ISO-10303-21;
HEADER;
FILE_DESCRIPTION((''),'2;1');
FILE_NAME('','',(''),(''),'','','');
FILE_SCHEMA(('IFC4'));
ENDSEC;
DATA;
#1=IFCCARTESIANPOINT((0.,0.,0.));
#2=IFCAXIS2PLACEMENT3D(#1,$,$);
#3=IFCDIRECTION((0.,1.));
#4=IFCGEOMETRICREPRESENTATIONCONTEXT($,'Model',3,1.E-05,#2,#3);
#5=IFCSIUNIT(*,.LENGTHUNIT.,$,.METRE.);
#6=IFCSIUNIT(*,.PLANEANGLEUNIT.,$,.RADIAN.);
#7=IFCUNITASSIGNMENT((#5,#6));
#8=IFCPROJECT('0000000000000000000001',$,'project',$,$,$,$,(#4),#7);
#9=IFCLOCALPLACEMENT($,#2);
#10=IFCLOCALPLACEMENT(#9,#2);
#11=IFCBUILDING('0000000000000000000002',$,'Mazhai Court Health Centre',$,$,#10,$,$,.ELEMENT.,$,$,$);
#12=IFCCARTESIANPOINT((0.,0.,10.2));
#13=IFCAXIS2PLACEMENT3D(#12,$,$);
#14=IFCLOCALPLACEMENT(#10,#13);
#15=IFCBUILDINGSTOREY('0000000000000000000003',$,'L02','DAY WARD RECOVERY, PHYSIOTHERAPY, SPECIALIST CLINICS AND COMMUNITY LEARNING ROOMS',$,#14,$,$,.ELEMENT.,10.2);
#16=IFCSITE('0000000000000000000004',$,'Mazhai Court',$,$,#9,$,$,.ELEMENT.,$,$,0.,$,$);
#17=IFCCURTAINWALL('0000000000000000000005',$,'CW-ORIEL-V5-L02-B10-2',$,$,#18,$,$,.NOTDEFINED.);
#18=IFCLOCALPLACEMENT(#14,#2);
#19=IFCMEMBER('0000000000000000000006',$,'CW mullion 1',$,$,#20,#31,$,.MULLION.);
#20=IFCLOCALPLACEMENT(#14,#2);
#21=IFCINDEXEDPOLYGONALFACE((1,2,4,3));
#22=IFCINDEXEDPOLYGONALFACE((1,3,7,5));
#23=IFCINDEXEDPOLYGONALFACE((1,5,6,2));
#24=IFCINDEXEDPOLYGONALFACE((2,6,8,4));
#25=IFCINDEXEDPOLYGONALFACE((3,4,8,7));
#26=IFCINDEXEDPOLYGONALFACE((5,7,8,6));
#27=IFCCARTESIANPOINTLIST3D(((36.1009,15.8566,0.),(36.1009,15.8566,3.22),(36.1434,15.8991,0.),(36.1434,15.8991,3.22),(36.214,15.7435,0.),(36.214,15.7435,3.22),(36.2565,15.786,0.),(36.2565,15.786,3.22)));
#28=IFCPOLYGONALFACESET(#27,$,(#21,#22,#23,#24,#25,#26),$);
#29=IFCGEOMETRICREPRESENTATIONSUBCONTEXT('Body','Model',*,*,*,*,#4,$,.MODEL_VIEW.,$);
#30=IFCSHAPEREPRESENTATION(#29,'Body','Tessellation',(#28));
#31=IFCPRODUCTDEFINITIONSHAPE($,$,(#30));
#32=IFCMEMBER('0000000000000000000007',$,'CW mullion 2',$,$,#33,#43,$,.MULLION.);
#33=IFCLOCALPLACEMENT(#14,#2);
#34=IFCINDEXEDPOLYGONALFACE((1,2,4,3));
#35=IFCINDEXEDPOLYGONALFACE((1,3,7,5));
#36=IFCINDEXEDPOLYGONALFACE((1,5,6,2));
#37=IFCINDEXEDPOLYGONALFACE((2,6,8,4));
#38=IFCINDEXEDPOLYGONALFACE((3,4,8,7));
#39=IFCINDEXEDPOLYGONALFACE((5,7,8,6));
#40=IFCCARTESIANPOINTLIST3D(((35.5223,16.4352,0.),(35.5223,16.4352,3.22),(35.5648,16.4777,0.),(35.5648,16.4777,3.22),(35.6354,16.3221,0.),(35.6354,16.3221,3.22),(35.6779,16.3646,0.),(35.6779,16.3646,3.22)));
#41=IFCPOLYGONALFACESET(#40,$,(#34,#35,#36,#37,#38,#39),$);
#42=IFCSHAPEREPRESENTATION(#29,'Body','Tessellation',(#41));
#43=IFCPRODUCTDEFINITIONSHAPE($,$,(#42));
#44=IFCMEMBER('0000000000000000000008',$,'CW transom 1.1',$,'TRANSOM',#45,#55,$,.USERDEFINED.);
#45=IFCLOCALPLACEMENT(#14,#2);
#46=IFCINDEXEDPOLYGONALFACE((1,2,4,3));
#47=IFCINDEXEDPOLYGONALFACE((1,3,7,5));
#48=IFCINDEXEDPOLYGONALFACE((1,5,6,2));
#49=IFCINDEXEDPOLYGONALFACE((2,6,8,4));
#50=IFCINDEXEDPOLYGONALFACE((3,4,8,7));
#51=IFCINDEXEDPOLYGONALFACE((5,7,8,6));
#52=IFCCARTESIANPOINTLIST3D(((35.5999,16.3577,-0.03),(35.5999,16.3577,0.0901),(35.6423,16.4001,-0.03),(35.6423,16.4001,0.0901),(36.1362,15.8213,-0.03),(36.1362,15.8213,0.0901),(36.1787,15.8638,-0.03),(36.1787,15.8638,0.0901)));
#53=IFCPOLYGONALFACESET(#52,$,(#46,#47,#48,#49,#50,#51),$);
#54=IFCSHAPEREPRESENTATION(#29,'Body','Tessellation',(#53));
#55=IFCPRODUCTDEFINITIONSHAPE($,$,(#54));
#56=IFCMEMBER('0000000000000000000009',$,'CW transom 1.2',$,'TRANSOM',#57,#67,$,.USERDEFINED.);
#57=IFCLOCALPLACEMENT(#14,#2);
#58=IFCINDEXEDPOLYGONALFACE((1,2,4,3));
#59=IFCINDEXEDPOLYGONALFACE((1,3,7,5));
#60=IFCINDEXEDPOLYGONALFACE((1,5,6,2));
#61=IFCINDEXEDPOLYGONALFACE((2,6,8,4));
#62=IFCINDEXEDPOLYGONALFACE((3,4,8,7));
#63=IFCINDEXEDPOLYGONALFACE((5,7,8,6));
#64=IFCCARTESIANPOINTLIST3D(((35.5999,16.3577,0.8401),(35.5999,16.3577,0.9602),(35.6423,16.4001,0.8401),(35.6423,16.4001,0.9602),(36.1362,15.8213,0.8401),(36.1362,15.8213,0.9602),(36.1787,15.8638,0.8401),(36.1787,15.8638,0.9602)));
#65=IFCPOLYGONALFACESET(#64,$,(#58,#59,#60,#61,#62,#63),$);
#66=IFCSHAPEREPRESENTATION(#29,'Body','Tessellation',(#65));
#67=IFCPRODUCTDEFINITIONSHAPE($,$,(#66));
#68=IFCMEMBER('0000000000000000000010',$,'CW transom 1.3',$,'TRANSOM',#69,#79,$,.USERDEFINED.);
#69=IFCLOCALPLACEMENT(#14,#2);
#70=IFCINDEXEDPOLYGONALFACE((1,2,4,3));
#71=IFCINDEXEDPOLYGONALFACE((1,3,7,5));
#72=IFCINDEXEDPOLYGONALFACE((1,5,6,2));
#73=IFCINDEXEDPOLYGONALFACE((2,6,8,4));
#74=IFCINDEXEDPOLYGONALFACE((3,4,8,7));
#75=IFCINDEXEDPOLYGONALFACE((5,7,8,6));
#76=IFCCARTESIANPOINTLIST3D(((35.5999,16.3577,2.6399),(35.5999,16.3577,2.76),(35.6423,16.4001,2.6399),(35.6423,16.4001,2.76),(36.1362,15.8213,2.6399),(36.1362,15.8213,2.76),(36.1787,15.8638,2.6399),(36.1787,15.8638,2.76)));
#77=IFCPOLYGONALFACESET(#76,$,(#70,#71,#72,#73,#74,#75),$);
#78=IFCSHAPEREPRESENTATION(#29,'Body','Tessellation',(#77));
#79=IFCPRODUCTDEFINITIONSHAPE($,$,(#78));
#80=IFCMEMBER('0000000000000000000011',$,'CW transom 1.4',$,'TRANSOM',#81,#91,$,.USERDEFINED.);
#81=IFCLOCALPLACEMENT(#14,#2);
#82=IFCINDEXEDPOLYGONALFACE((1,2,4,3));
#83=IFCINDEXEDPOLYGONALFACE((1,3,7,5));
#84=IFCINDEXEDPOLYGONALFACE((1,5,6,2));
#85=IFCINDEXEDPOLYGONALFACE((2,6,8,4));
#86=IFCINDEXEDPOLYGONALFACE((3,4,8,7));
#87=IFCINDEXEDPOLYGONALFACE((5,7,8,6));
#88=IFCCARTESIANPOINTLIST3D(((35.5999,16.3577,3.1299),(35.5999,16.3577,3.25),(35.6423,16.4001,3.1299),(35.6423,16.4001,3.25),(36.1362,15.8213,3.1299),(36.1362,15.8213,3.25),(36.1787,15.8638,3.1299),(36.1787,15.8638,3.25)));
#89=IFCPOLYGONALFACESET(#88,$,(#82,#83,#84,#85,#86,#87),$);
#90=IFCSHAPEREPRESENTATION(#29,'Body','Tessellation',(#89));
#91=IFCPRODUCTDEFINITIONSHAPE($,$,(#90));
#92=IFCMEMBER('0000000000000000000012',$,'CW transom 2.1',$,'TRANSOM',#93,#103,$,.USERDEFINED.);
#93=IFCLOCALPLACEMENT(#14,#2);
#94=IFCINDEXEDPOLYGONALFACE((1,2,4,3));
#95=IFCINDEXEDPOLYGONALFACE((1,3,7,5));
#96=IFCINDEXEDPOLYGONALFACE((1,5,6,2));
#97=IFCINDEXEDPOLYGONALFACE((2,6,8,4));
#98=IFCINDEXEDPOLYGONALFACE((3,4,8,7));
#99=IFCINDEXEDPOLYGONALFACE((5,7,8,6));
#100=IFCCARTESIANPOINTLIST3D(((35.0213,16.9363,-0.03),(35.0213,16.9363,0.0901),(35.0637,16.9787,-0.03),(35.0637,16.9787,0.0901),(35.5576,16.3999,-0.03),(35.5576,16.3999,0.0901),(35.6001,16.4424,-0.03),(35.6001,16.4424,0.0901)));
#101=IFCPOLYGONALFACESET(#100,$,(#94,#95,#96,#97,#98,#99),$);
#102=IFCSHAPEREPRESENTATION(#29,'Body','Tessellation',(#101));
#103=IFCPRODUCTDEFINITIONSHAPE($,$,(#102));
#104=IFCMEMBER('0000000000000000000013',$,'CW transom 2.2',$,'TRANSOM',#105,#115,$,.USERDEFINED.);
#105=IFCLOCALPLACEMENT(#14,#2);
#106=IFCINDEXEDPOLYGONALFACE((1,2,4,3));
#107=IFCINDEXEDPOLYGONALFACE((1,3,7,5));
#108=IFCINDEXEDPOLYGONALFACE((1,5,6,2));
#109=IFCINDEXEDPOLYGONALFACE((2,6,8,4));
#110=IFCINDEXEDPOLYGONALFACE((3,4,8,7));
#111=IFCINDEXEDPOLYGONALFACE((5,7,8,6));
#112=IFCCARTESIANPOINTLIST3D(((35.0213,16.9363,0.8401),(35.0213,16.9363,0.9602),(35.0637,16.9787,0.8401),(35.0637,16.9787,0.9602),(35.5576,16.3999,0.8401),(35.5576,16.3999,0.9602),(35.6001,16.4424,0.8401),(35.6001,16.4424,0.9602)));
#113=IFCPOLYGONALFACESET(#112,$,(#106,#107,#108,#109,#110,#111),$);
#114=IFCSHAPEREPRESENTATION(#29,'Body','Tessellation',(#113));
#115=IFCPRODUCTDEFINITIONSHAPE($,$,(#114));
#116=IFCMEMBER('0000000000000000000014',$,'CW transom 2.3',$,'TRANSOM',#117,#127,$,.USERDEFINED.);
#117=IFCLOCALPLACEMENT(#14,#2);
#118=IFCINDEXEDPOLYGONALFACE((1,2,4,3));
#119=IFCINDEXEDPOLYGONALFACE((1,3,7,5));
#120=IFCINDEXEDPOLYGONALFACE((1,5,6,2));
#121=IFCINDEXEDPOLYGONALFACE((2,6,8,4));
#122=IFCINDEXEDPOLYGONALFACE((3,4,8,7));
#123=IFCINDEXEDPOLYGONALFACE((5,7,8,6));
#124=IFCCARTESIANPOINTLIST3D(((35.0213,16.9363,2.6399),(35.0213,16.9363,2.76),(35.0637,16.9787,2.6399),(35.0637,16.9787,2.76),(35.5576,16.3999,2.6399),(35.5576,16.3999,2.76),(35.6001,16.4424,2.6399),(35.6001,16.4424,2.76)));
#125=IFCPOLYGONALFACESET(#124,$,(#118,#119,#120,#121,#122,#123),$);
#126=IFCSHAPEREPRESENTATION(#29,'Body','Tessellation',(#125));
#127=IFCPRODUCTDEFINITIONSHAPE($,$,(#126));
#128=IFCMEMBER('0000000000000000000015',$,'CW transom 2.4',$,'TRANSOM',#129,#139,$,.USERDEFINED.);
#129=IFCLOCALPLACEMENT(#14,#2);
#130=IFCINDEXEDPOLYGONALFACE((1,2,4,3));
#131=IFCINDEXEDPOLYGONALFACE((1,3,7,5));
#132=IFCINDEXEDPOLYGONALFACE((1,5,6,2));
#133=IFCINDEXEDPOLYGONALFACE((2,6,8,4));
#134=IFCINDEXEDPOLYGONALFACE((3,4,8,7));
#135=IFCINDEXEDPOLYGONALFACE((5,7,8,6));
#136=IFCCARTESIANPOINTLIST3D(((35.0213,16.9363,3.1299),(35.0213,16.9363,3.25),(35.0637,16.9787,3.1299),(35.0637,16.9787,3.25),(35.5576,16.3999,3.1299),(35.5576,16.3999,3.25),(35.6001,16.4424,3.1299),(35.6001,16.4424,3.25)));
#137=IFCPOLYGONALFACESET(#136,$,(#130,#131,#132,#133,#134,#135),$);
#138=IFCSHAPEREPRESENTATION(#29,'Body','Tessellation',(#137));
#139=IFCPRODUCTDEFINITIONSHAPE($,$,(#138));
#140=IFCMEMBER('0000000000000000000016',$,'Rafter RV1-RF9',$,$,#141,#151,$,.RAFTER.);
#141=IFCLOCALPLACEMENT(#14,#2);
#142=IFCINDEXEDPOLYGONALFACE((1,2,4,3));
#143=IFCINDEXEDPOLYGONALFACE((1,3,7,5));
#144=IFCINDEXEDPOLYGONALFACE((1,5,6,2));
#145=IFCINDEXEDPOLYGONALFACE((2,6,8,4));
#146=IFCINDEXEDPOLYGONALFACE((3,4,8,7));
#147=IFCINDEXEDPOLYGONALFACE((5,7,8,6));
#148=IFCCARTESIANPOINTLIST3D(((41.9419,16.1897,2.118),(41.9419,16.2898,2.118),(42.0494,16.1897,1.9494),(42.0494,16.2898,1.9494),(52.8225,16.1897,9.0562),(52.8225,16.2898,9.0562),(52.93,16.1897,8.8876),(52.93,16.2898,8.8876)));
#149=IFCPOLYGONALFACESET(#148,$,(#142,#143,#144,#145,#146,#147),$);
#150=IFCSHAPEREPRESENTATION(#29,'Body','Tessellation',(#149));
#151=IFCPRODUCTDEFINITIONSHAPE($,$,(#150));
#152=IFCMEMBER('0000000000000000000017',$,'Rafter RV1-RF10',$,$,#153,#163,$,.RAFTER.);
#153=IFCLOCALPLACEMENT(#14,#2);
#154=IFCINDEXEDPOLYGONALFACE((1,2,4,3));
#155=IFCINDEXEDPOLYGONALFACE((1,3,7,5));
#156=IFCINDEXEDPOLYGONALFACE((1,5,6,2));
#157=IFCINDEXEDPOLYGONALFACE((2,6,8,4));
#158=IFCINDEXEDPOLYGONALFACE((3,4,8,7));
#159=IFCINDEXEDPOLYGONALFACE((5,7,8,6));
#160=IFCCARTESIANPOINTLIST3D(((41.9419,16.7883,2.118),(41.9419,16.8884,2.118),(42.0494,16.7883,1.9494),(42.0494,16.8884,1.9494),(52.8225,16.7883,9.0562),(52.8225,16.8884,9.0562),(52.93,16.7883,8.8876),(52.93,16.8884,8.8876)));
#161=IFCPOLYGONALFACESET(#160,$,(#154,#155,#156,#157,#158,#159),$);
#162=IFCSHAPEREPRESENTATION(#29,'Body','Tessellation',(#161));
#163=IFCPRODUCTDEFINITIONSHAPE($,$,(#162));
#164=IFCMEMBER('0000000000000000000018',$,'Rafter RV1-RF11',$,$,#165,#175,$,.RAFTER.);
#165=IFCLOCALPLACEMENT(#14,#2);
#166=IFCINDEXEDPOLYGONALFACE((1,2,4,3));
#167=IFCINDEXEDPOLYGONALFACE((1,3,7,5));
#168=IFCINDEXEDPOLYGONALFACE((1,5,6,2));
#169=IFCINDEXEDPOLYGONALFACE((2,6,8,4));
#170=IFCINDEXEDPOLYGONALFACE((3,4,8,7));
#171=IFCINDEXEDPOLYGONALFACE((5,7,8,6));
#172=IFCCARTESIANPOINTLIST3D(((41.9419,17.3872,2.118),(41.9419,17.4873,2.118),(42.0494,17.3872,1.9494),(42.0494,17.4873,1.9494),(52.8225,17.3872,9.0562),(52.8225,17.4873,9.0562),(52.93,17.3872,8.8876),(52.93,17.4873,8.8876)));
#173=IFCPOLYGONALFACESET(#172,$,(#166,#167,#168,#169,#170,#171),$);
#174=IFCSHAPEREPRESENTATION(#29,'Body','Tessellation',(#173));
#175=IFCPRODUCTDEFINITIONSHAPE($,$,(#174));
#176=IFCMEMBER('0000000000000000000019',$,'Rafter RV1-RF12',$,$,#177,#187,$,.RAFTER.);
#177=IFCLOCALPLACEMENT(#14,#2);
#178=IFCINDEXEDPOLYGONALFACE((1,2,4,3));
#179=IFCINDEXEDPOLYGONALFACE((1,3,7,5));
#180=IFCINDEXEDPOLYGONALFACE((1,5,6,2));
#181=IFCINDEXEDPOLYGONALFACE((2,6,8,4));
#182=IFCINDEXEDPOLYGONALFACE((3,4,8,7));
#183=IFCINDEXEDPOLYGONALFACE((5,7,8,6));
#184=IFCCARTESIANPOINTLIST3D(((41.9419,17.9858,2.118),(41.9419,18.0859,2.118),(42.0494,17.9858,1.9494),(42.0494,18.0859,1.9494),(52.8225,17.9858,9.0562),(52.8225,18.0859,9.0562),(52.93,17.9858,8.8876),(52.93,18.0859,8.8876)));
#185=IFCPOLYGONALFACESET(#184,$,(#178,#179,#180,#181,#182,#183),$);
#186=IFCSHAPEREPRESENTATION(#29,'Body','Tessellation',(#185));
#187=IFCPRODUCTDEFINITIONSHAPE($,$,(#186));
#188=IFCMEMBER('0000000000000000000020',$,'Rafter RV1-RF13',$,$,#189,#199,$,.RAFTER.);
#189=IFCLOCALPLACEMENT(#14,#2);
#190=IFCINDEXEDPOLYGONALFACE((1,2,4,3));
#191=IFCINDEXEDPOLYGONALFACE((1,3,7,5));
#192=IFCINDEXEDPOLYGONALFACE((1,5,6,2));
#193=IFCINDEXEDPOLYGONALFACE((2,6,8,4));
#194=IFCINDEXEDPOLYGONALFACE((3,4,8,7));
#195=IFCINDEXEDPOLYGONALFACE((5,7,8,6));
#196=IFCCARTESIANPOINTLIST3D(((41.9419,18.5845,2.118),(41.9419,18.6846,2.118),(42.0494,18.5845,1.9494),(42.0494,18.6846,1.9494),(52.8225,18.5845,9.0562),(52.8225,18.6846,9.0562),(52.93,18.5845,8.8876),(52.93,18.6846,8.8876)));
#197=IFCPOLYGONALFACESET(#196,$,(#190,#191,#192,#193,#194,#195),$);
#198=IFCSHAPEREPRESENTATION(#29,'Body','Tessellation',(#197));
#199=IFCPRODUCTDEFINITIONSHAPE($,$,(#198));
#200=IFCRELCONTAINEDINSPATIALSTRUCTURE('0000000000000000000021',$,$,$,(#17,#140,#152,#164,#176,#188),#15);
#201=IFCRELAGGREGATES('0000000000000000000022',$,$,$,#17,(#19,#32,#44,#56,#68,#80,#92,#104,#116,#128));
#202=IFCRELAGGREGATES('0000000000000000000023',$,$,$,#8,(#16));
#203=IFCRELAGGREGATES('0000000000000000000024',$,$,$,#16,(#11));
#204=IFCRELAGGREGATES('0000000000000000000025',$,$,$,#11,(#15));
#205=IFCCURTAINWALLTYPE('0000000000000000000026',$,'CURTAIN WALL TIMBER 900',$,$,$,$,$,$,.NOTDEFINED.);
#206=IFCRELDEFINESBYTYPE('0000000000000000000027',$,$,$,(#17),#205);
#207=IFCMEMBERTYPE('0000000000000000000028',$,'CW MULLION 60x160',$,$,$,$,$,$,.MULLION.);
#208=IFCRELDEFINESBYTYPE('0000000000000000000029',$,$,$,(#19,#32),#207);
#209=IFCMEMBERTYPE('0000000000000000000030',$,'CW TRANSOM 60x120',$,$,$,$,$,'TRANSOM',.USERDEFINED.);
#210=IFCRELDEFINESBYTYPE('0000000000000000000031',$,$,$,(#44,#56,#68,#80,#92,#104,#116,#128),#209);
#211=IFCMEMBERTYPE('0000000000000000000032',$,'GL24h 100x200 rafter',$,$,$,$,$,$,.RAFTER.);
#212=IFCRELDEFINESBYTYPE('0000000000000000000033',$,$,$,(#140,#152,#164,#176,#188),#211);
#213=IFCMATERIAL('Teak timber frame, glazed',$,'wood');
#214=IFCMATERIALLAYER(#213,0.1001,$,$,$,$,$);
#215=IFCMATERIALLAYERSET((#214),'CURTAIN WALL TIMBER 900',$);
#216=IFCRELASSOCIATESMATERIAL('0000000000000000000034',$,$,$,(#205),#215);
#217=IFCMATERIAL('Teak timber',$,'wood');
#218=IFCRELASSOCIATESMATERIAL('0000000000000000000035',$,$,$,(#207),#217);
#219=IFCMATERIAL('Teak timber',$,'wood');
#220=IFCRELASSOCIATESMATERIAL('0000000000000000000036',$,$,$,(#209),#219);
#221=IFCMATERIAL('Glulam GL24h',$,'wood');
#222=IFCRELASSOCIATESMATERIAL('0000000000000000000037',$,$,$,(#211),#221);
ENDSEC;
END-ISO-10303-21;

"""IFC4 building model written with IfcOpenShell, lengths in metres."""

from ifc_helpers import new_model, si_unit, direction, frame, origin, origin_2d, place, context, subcontext, project, spatial, rectangle, extrude, material, layer, layer_set, material_profile, profile_set, type_object, element, aggregate, save


model = new_model("IFC4")

# Units and contexts
model_context = context("Model", 3, precision=1e-05, world=origin(), true_north=direction((0.0, 1.0)))
body_context = subcontext(model_context, "Body", "Model", "MODEL_VIEW")
ifc_project = project(units=[si_unit("LENGTHUNIT", "METRE"), si_unit("PLANEANGLEUNIT", "RADIAN")], contexts=[model_context])

# Site, building, storey
site_placement = place(None, origin())
site = spatial("IfcSite", under=ifc_project, at=site_placement, Name="Mazhai Court", CompositionType="ELEMENT", RefElevation=0.0)
building_placement = place(site_placement, origin())
building = spatial("IfcBuilding", under=site, at=building_placement, Name="Mazhai Court Health Centre", CompositionType="ELEMENT")
storey_placement = place(building_placement, frame((0.0, 0.0, 10.2)))
storey = spatial("IfcBuildingStorey", under=building, at=storey_placement, Name="L02", Description="DAY WARD RECOVERY, PHYSIOTHERAPY, SPECIALIST CLINICS AND COMMUNITY LEARNING ROOMS", CompositionType="ELEMENT", Elevation=10.2)

# Curtain wall, members
ifc_material_1 = material(Name="Teak timber frame, glazed", Category="wood")
ifc_layer_1 = layer(ifc_material_1, 0.1001)
ifc_layer_set_1 = layer_set([ifc_layer_1], Name="CURTAIN WALL TIMBER 900")
curtain_wall_type = type_object("IfcCurtainWallType", Name="CURTAIN WALL TIMBER 900", PredefinedType="NOTDEFINED", material=ifc_layer_set_1)
curtain_wall_placement = place(storey_placement, origin())
curtain_wall = element("IfcCurtainWall", 1, at=curtain_wall_placement, inside=storey, type_object=curtain_wall_type, Name="CW-ORIEL-V5-L02-B10-2", PredefinedType="NOTDEFINED")
ifc_material_2 = material(Name="Teak timber", Category="wood")
ifc_material_profile_1 = material_profile(ifc_material_2, rectangle(XDim=0.0601, YDim=0.1599, at=origin_2d()), Name="CW MULLION 60x160")
ifc_profile_set_1 = profile_set([ifc_material_profile_1], Name="Teak timber")
member_type_1 = type_object("IfcMemberType", Name="CW MULLION 60x160", PredefinedType="MULLION", material=ifc_profile_set_1)
member_1_placement = place(storey_placement, frame((36.1787, 15.8213, 0.0), z_axis=(0.0, 0.0, 1.0), x_axis=(-0.707107, -0.707107, 0.0)))
member_1 = element("IfcMember", 2, at=member_1_placement, type_object=member_type_1, Name="CW mullion 1", PredefinedType="MULLION", context=body_context, shape_type="SweptSolid", body=[
    extrude(rectangle(XDim=0.0601, YDim=0.1599, at=origin_2d()), origin(), (0.0, 0.0, 1.0), 3.22),
])
member_2_placement = place(storey_placement, frame((35.6001, 16.3999, 0.0), z_axis=(0.0, 0.0, 1.0), x_axis=(-0.707107, -0.707107, 0.0)))
member_2 = element("IfcMember", 3, at=member_2_placement, type_object=member_type_1, Name="CW mullion 2", PredefinedType="MULLION", context=body_context, shape_type="SweptSolid", body=[
    extrude(rectangle(XDim=0.0601, YDim=0.1599, at=origin_2d()), origin(), (0.0, 0.0, 1.0), 3.22),
])
ifc_material_3 = material(Name="Teak timber", Category="wood")
ifc_material_profile_2 = material_profile(ifc_material_3, rectangle(XDim=0.0601, YDim=0.1201, at=origin_2d()), Name="CW TRANSOM 60x120")
ifc_profile_set_2 = profile_set([ifc_material_profile_2], Name="Teak timber")
member_type_2 = type_object("IfcMemberType", Name="CW TRANSOM 60x120", ElementType="TRANSOM", PredefinedType="USERDEFINED", material=ifc_profile_set_2)
member_3_placement = place(storey_placement, frame((36.1575, 15.8425, 0.03), z_axis=(-0.707107, 0.707107, 0.0), x_axis=(-0.707107, -0.707107, 0.0)))
member_3 = element("IfcMember", 4, at=member_3_placement, type_object=member_type_2, Name="CW transom 1.1", ObjectType="TRANSOM", PredefinedType="USERDEFINED", context=body_context, shape_type="SweptSolid", body=[
    extrude(rectangle(XDim=0.0601, YDim=0.1201, at=origin_2d()), origin(), (0.0, 0.0, 1.0), 0.7585),
])
member_4_placement = place(storey_placement, frame((36.1575, 15.8425, 0.9001), z_axis=(-0.707107, 0.707107, 0.0), x_axis=(-0.707107, -0.707107, 0.0)))
member_4 = element("IfcMember", 5, at=member_4_placement, type_object=member_type_2, Name="CW transom 1.2", ObjectType="TRANSOM", PredefinedType="USERDEFINED", context=body_context, shape_type="SweptSolid", body=[
    extrude(rectangle(XDim=0.0601, YDim=0.1201, at=origin_2d()), origin(), (0.0, 0.0, 1.0), 0.7585),
])
member_5_placement = place(storey_placement, frame((36.1575, 15.8425, 2.7), z_axis=(-0.707107, 0.707107, 0.0), x_axis=(-0.707107, -0.707107, 0.0)))
member_5 = element("IfcMember", 6, at=member_5_placement, type_object=member_type_2, Name="CW transom 1.3", ObjectType="TRANSOM", PredefinedType="USERDEFINED", context=body_context, shape_type="SweptSolid", body=[
    extrude(rectangle(XDim=0.0601, YDim=0.1201, at=origin_2d()), origin(), (0.0, 0.0, 1.0), 0.7585),
])
member_6_placement = place(storey_placement, frame((36.1575, 15.8425, 3.1899), z_axis=(-0.707107, 0.707107, 0.0), x_axis=(-0.707107, -0.707107, 0.0)))
member_6 = element("IfcMember", 7, at=member_6_placement, type_object=member_type_2, Name="CW transom 1.4", ObjectType="TRANSOM", PredefinedType="USERDEFINED", context=body_context, shape_type="SweptSolid", body=[
    extrude(rectangle(XDim=0.0601, YDim=0.1201, at=origin_2d()), origin(), (0.0, 0.0, 1.0), 0.7585),
])
member_7_placement = place(storey_placement, frame((35.5789, 16.4211, 0.03), z_axis=(-0.707107, 0.707107, 0.0), x_axis=(-0.707107, -0.707107, 0.0)))
member_7 = element("IfcMember", 8, at=member_7_placement, type_object=member_type_2, Name="CW transom 2.1", ObjectType="TRANSOM", PredefinedType="USERDEFINED", context=body_context, shape_type="SweptSolid", body=[
    extrude(rectangle(XDim=0.0601, YDim=0.1201, at=origin_2d()), origin(), (0.0, 0.0, 1.0), 0.7585),
])
member_8_placement = place(storey_placement, frame((35.5789, 16.4211, 0.9001), z_axis=(-0.707107, 0.707107, 0.0), x_axis=(-0.707107, -0.707107, 0.0)))
member_8 = element("IfcMember", 9, at=member_8_placement, type_object=member_type_2, Name="CW transom 2.2", ObjectType="TRANSOM", PredefinedType="USERDEFINED", context=body_context, shape_type="SweptSolid", body=[
    extrude(rectangle(XDim=0.0601, YDim=0.1201, at=origin_2d()), origin(), (0.0, 0.0, 1.0), 0.7585),
])
member_9_placement = place(storey_placement, frame((35.5789, 16.4211, 2.7), z_axis=(-0.707107, 0.707107, 0.0), x_axis=(-0.707107, -0.707107, 0.0)))
member_9 = element("IfcMember", 10, at=member_9_placement, type_object=member_type_2, Name="CW transom 2.3", ObjectType="TRANSOM", PredefinedType="USERDEFINED", context=body_context, shape_type="SweptSolid", body=[
    extrude(rectangle(XDim=0.0601, YDim=0.1201, at=origin_2d()), origin(), (0.0, 0.0, 1.0), 0.7585),
])
member_10_placement = place(storey_placement, frame((35.5789, 16.4211, 3.1899), z_axis=(-0.707107, 0.707107, 0.0), x_axis=(-0.707107, -0.707107, 0.0)))
member_10 = element("IfcMember", 11, at=member_10_placement, type_object=member_type_2, Name="CW transom 2.4", ObjectType="TRANSOM", PredefinedType="USERDEFINED", context=body_context, shape_type="SweptSolid", body=[
    extrude(rectangle(XDim=0.0601, YDim=0.1201, at=origin_2d()), origin(), (0.0, 0.0, 1.0), 0.7585),
])

# Members
ifc_material_4 = material(Name="Glulam GL24h", Category="wood")
ifc_material_profile_3 = material_profile(ifc_material_4, rectangle(XDim=0.1001, YDim=0.2, at=origin_2d()), Name="GL24h 100x200")
ifc_profile_set_3 = profile_set([ifc_material_profile_3], Name="Glulam GL24h")
member_type_3 = type_object("IfcMemberType", Name="GL24h 100x200 rafter", PredefinedType="RAFTER", material=ifc_profile_set_3)
for number, where, z_axis, x_axis, name in (
    (12, (41.9956, 16.2397, 2.0337), (0.843163, 0.0, 0.537659), (0.0, 1.0, 0.0), "Rafter RV1-RF9"),
    (13, (41.9956, 16.8384, 2.0337), (0.843163, 0.0, 0.537659), (0.0, 1.0, 0.0), "Rafter RV1-RF10"),
    (14, (41.9956, 17.4373, 2.0337), (0.843163, 0.0, 0.537659), (0.0, 1.0, 0.0), "Rafter RV1-RF11"),
    (15, (41.9956, 18.0359, 2.0337), (0.843163, 0.0, 0.537659), (0.0, 1.0, 0.0), "Rafter RV1-RF12"),
    (16, (41.9956, 18.6345, 2.0337), (0.843163, 0.0, 0.537659), (0.0, 1.0, 0.0), "Rafter RV1-RF13"),
):
    element("IfcMember", number, at=place(storey_placement, frame(where, z_axis=z_axis, x_axis=x_axis)), inside=storey, type_object=member_type_3, Name=name, PredefinedType="RAFTER", context=body_context, shape_type="SweptSolid", body=[
        extrude(rectangle(XDim=0.1001, YDim=0.2, at=origin_2d()), origin(), (0.0, 0.0, 1.0), 12.9045),
    ])

aggregate(curtain_wall, [member_1, member_2, member_3, member_4, member_5, member_6, member_7, member_8, member_9, member_10])

save(model, "model.ifc")
